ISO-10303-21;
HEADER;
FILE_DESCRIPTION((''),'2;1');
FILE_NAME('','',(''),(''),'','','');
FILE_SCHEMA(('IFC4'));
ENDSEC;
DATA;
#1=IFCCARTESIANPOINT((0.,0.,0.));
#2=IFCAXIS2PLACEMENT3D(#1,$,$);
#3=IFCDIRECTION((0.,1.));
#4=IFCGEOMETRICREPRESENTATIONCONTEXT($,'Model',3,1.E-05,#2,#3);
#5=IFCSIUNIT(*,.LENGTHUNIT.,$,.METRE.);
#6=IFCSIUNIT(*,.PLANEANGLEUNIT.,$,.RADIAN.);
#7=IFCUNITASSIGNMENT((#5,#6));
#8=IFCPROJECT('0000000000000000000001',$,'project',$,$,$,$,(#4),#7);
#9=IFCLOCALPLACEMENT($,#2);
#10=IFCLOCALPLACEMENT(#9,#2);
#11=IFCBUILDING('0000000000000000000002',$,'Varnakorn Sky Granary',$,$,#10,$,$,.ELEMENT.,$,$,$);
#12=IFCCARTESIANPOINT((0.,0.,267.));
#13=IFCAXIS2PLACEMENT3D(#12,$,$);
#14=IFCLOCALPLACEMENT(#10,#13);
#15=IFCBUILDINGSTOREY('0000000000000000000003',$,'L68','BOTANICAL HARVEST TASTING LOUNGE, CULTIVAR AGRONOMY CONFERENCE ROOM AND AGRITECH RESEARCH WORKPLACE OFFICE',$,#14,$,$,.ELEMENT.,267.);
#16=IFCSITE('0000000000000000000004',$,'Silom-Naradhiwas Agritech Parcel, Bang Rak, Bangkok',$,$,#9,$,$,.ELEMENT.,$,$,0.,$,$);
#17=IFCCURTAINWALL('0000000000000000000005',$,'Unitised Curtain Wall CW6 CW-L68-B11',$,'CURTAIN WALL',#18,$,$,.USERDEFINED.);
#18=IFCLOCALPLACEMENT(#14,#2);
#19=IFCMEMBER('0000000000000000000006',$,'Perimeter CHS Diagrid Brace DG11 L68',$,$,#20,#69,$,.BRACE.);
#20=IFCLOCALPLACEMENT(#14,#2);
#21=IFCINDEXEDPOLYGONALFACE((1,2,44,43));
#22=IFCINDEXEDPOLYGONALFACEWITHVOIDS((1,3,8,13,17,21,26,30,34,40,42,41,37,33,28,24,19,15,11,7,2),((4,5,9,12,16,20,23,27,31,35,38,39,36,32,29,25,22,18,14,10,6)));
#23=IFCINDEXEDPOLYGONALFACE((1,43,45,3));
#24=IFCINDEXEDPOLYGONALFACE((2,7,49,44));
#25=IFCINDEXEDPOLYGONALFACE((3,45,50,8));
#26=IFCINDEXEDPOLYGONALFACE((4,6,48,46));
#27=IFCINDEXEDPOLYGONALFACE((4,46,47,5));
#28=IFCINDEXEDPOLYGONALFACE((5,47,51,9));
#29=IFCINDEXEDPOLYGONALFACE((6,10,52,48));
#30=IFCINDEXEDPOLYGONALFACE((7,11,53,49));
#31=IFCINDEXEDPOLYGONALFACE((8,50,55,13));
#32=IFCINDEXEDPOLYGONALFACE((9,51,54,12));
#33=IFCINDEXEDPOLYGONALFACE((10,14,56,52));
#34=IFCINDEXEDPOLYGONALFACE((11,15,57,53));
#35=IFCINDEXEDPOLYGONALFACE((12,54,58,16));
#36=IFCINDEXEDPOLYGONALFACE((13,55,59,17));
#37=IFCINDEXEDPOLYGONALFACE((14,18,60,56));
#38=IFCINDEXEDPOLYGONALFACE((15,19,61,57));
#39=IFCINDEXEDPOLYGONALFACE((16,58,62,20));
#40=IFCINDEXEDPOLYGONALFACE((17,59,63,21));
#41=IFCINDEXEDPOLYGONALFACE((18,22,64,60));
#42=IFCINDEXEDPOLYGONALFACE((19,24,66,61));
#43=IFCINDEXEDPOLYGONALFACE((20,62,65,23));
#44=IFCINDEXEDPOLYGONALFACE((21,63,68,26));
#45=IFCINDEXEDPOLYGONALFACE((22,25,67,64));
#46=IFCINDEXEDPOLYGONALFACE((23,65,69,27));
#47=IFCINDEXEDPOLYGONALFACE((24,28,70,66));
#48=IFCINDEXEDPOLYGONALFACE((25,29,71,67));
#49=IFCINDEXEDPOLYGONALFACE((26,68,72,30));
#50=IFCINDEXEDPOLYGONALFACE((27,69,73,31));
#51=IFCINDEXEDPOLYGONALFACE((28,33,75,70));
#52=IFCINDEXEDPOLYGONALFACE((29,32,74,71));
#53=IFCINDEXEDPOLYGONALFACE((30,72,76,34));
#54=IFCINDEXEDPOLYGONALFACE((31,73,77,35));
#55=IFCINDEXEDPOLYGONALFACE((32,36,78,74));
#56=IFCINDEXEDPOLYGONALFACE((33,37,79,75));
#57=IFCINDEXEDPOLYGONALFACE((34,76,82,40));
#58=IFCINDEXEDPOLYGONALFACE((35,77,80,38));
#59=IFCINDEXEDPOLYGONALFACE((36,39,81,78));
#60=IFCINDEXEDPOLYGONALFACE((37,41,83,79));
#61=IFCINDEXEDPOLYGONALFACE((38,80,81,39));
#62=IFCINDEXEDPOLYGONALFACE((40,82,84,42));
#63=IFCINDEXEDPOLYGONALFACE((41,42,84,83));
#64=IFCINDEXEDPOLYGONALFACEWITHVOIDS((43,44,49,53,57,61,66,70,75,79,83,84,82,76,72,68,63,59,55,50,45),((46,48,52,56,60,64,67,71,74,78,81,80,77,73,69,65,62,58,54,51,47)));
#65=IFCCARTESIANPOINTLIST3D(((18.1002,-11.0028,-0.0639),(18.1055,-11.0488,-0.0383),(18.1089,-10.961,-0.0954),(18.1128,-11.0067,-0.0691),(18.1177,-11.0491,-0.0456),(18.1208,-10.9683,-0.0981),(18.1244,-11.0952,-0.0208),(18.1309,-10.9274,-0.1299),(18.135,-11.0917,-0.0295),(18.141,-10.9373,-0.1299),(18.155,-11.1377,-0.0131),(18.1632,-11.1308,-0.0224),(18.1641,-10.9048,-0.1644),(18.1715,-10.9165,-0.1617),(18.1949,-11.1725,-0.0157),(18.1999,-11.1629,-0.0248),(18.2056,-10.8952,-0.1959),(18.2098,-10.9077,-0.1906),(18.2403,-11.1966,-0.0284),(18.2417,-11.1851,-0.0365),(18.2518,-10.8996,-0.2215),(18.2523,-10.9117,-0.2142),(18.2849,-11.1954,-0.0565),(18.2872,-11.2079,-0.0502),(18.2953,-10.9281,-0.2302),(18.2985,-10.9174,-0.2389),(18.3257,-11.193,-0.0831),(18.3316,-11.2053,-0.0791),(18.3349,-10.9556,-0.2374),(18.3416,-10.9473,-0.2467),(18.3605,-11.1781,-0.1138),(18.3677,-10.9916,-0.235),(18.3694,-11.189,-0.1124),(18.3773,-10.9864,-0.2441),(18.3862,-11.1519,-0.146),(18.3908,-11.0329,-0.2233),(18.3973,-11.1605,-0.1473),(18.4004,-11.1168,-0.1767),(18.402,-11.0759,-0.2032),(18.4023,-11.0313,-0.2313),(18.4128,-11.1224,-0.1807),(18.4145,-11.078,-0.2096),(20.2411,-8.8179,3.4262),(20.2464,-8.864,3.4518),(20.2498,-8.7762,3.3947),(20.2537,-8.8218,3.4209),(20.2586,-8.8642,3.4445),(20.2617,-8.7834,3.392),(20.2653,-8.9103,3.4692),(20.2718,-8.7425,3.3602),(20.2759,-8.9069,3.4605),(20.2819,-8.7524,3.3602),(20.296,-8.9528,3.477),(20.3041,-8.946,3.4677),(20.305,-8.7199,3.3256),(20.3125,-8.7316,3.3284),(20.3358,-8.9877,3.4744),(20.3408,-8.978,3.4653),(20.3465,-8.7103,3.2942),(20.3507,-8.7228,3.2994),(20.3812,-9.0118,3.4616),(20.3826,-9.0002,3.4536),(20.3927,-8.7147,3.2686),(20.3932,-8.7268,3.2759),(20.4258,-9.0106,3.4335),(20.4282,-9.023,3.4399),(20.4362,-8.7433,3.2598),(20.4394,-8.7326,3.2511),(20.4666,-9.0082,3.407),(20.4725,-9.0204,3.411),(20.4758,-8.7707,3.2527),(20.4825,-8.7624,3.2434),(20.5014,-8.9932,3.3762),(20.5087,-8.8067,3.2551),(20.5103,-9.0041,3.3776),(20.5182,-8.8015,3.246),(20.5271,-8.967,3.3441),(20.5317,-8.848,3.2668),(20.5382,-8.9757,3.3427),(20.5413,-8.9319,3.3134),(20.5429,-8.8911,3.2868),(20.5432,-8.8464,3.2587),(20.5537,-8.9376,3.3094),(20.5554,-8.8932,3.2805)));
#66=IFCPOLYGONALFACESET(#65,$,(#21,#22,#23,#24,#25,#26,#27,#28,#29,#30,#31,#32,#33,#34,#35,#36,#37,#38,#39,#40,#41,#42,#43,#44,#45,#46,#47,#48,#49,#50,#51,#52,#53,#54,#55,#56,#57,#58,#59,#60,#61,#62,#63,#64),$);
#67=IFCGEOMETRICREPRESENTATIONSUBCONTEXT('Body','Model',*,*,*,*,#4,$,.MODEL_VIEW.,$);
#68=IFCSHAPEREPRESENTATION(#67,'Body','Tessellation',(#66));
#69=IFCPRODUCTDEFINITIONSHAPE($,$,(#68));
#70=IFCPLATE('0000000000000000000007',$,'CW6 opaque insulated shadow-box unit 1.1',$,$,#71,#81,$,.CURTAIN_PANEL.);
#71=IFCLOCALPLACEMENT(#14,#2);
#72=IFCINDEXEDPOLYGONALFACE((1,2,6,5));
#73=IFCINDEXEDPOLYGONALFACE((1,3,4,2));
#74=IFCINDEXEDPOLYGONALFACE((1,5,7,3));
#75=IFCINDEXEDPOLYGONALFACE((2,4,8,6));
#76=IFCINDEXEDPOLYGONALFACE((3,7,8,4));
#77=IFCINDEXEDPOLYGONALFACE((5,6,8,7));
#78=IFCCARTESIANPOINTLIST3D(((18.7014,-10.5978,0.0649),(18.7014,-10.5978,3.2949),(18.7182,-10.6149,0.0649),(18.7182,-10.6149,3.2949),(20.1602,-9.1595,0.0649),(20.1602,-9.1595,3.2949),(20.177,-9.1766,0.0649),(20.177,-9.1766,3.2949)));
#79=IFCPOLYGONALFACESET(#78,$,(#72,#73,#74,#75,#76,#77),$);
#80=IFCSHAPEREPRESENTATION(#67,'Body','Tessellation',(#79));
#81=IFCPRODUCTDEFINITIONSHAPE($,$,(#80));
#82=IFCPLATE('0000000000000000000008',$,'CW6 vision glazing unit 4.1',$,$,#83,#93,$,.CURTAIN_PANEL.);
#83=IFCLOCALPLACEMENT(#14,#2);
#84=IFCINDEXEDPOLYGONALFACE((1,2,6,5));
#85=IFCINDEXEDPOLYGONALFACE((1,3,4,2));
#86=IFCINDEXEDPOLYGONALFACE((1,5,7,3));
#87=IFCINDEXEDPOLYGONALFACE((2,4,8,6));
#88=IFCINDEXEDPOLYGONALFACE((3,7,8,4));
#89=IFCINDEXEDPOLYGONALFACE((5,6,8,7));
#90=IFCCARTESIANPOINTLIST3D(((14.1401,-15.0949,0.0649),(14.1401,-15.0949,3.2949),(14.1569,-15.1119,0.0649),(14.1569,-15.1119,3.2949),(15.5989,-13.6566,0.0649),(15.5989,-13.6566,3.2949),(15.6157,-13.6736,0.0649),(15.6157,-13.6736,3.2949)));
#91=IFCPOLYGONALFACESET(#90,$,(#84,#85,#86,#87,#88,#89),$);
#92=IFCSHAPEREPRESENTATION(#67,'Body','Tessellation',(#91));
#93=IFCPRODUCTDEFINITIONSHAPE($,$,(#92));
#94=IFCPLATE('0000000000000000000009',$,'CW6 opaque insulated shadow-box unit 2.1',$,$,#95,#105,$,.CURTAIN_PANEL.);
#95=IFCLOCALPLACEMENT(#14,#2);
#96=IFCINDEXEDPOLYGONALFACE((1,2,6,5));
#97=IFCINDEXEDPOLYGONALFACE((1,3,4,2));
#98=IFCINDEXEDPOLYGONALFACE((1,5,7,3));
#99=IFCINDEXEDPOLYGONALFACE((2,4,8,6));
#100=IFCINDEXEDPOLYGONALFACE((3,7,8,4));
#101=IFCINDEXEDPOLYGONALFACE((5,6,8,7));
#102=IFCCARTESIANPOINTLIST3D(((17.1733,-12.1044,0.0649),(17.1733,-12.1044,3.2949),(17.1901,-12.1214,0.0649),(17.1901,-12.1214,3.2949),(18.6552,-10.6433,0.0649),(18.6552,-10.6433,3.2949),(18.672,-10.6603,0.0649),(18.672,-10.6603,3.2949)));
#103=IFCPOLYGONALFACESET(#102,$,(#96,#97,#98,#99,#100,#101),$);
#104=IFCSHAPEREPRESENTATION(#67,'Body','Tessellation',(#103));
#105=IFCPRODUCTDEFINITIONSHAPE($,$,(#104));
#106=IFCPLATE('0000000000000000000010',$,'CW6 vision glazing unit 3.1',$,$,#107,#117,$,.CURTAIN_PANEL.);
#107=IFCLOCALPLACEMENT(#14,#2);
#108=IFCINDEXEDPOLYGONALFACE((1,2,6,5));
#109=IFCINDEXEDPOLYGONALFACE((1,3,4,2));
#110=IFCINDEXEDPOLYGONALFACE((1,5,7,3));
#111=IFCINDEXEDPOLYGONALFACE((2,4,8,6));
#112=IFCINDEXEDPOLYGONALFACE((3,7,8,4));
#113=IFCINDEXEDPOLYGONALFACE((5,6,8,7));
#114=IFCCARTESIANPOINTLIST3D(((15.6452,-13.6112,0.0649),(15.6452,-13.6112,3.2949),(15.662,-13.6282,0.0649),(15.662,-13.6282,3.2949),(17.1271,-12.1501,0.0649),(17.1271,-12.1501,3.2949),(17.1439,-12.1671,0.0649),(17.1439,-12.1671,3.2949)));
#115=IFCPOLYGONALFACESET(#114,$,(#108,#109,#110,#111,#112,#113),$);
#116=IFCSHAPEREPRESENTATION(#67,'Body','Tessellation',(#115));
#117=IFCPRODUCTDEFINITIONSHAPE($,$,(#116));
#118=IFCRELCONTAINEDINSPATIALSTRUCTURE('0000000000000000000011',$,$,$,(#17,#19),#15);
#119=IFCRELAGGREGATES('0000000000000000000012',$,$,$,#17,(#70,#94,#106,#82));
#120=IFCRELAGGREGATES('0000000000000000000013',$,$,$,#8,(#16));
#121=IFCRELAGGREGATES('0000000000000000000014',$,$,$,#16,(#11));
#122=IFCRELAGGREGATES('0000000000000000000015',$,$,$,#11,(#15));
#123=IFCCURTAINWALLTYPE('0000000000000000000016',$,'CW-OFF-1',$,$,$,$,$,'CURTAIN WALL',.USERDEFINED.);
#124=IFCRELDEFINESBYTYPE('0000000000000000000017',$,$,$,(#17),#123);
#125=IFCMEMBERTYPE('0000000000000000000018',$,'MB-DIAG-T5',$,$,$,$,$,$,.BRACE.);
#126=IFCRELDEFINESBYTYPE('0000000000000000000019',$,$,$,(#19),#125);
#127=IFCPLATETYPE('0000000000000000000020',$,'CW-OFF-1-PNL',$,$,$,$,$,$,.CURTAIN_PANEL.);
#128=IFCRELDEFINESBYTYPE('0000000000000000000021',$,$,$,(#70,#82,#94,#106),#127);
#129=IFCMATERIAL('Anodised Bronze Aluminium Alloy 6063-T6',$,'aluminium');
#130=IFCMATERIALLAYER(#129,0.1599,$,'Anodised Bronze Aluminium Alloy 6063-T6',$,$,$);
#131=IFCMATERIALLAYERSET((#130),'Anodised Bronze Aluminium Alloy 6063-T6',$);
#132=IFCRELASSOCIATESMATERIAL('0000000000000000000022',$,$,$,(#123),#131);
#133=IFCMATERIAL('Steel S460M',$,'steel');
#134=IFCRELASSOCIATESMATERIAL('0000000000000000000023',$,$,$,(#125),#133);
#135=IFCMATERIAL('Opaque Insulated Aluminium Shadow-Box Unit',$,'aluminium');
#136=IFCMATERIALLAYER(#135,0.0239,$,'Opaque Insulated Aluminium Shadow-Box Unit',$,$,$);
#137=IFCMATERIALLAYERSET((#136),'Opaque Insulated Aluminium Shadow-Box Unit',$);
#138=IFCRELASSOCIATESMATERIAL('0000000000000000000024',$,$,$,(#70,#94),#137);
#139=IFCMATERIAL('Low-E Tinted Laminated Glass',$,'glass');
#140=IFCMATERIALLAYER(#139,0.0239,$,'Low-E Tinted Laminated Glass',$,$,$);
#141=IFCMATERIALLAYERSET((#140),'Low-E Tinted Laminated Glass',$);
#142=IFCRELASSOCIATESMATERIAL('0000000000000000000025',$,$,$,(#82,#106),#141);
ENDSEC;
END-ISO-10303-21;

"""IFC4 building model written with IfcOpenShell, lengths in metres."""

from ifc_helpers import new_model, si_unit, direction, frame, origin, origin_2d, place, context, subcontext, project, spatial, rectangle, hollow_circle, extrude, source, transform, mapped, material, layer, layer_set, material_profile, profile_set, type_object, type_shapes, element, aggregate, save


model = new_model("IFC4")

# Units and contexts
model_context = context("Model", 3, precision=1e-05, world=origin(), true_north=direction((0.0, 1.0)))
body_context = subcontext(model_context, "Body", "Model", "MODEL_VIEW")
ifc_project = project(units=[si_unit("LENGTHUNIT", "METRE"), si_unit("PLANEANGLEUNIT", "RADIAN")], contexts=[model_context])

# Site, building, storey
site_placement = place(None, origin())
site = spatial("IfcSite", under=ifc_project, at=site_placement, Name="Silom-Naradhiwas Agritech Parcel, Bang Rak, Bangkok", CompositionType="ELEMENT", RefElevation=0.0)
building_placement = place(site_placement, origin())
building = spatial("IfcBuilding", under=site, at=building_placement, Name="Varnakorn Sky Granary", CompositionType="ELEMENT")
storey_placement = place(building_placement, frame((0.0, 0.0, 267.0)))
storey = spatial("IfcBuildingStorey", under=building, at=storey_placement, Name="L68", Description="BOTANICAL HARVEST TASTING LOUNGE, CULTIVAR AGRONOMY CONFERENCE ROOM AND AGRITECH RESEARCH WORKPLACE OFFICE", CompositionType="ELEMENT", Elevation=267.0)

# Shared definitions
ifc_material_1 = material(Name="Steel S460M", Category="steel")

# Shared definitions
ifc_material_2 = material(Name="Anodised Bronze Aluminium Alloy 6063-T6", Category="aluminium")
ifc_layer_1 = layer(ifc_material_2, 0.1599, Name="Anodised Bronze Aluminium Alloy 6063-T6")
ifc_layer_set_1 = layer_set([ifc_layer_1], Name="Anodised Bronze Aluminium Alloy 6063-T6")
curtain_wall_type = type_object("IfcCurtainWallType", Name="CW-OFF-1", ElementType="CURTAIN WALL", PredefinedType="USERDEFINED", material=ifc_layer_set_1)

# Curtain wall
curtain_wall_1_placement = place(storey_placement, origin())
curtain_wall_1 = element("IfcCurtainWall", 1, at=curtain_wall_1_placement, inside=storey, type_object=curtain_wall_type, Name="Unitised Curtain Wall CW6 CW-L68-B11", ObjectType="CURTAIN WALL", PredefinedType="USERDEFINED")

# Member
ifc_material_profile_1 = material_profile(ifc_material_1, hollow_circle(Radius=0.1777, WallThickness=0.0142, at=origin_2d()), Name="CHS 355.6x14")
ifc_profile_set_1 = profile_set([ifc_material_profile_1], Name="Steel S460M")
member_type_1 = type_object("IfcMemberType", Name="MB-DIAG-T5", PredefinedType="BRACE", material=ifc_profile_set_1)
member_1_placement = place(storey_placement, frame((18.2578, -11.0518, -0.1299), z_axis=(0.461317, 0.470787, 0.752028), x_axis=(-0.714254, 0.699887, 0.0)))
element("IfcMember", 2, at=member_1_placement, inside=storey, type_object=member_type_1, Name="Perimeter CHS Diagrid Brace DG11 L68", PredefinedType="BRACE", context=body_context, shape_type="SweptSolid", body=[
    extrude(hollow_circle(Radius=0.1777, WallThickness=0.0142, at=origin_2d()), origin(), (0.0, 0.0, 1.0), 4.6409),
])

# Plates
ifc_material_3 = material(Name="Opaque Insulated Aluminium Shadow-Box Unit", Category="aluminium")
ifc_layer_2 = layer(ifc_material_3, 0.0239, Name="Opaque Insulated Aluminium Shadow-Box Unit")
ifc_layer_set_2 = layer_set([ifc_layer_2], Name="Opaque Insulated Aluminium Shadow-Box Unit")
plate_type = type_object("IfcPlateType", Name="CW-OFF-1-PNL", PredefinedType="CURTAIN_PANEL")
shared_shape_1 = source(origin(), body_context, "Body", "SweptSolid", [
    extrude(rectangle(XDim=2.0486, YDim=0.0239, at=origin_2d()), origin(), (0.0, 0.0, 1.0), 3.23),
])
plate_1_placement = place(storey_placement, frame((19.4392, -9.8872, 0.0649), z_axis=(0.0, 0.0, 1.0), x_axis=(-0.712087, -0.702091, 0.0)))
plate_1 = element("IfcPlate", 3, at=plate_1_placement, type_object=plate_type, material=ifc_layer_set_2, Name="CW6 opaque insulated shadow-box unit 1.1", PredefinedType="CURTAIN_PANEL", context=body_context, shape_type="MappedRepresentation", body=[
    mapped(shared_shape_1, transform((0.0, 0.0, 0.0), x_axis=(1.0, 0.0, 0.0), y_axis=(0.0, 1.0, 0.0), z_axis=(0.0, 0.0, 1.0), scale=1.0)),
])
ifc_material_4 = material(Name="Low-E Tinted Laminated Glass", Category="glass")
ifc_layer_3 = layer(ifc_material_4, 0.0239, Name="Low-E Tinted Laminated Glass")
ifc_layer_set_3 = layer_set([ifc_layer_3], Name="Low-E Tinted Laminated Glass")
plate_2_placement = place(storey_placement, frame((14.8779, -14.3843, 0.0649), z_axis=(0.0, 0.0, 1.0), x_axis=(-0.712087, -0.702091, 0.0)))
plate_2 = element("IfcPlate", 4, at=plate_2_placement, type_object=plate_type, material=ifc_layer_set_3, Name="CW6 vision glazing unit 4.1", PredefinedType="CURTAIN_PANEL", context=body_context, shape_type="MappedRepresentation", body=[
    mapped(shared_shape_1, transform((0.0, 0.0, 0.0), x_axis=(1.0, 0.0, 0.0), y_axis=(0.0, 1.0, 0.0), z_axis=(0.0, 0.0, 1.0), scale=1.0)),
])
shared_shape_2 = source(origin(), body_context, "Body", "SweptSolid", [
    extrude(rectangle(XDim=2.0811, YDim=0.0239, at=origin_2d()), origin(), (0.0, 0.0, 1.0), 3.23),
])
type_shapes(plate_type, [shared_shape_1, shared_shape_2])
plate_3_placement = place(storey_placement, frame((17.9226, -11.3823, 0.0649), z_axis=(0.0, 0.0, 1.0), x_axis=(-0.712087, -0.702091, 0.0)))
plate_3 = element("IfcPlate", 5, at=plate_3_placement, type_object=plate_type, material=ifc_layer_set_2, Name="CW6 opaque insulated shadow-box unit 2.1", PredefinedType="CURTAIN_PANEL", context=body_context, shape_type="MappedRepresentation", body=[
    mapped(shared_shape_2, transform((0.0, 0.0, 0.0), x_axis=(1.0, 0.0, 0.0), y_axis=(0.0, 1.0, 0.0), z_axis=(0.0, 0.0, 1.0), scale=1.0)),
])
plate_4_placement = place(storey_placement, frame((16.3945, -12.8892, 0.0649), z_axis=(0.0, 0.0, 1.0), x_axis=(-0.712087, -0.702091, 0.0)))
plate_4 = element("IfcPlate", 6, at=plate_4_placement, type_object=plate_type, material=ifc_layer_set_3, Name="CW6 vision glazing unit 3.1", PredefinedType="CURTAIN_PANEL", context=body_context, shape_type="MappedRepresentation", body=[
    mapped(shared_shape_2, transform((0.0, 0.0, 0.0), x_axis=(1.0, 0.0, 0.0), y_axis=(0.0, 1.0, 0.0), z_axis=(0.0, 0.0, 1.0), scale=1.0)),
])
aggregate(curtain_wall_1, [plate_1, plate_3, plate_4, plate_2])

save(model, "model.ifc")
